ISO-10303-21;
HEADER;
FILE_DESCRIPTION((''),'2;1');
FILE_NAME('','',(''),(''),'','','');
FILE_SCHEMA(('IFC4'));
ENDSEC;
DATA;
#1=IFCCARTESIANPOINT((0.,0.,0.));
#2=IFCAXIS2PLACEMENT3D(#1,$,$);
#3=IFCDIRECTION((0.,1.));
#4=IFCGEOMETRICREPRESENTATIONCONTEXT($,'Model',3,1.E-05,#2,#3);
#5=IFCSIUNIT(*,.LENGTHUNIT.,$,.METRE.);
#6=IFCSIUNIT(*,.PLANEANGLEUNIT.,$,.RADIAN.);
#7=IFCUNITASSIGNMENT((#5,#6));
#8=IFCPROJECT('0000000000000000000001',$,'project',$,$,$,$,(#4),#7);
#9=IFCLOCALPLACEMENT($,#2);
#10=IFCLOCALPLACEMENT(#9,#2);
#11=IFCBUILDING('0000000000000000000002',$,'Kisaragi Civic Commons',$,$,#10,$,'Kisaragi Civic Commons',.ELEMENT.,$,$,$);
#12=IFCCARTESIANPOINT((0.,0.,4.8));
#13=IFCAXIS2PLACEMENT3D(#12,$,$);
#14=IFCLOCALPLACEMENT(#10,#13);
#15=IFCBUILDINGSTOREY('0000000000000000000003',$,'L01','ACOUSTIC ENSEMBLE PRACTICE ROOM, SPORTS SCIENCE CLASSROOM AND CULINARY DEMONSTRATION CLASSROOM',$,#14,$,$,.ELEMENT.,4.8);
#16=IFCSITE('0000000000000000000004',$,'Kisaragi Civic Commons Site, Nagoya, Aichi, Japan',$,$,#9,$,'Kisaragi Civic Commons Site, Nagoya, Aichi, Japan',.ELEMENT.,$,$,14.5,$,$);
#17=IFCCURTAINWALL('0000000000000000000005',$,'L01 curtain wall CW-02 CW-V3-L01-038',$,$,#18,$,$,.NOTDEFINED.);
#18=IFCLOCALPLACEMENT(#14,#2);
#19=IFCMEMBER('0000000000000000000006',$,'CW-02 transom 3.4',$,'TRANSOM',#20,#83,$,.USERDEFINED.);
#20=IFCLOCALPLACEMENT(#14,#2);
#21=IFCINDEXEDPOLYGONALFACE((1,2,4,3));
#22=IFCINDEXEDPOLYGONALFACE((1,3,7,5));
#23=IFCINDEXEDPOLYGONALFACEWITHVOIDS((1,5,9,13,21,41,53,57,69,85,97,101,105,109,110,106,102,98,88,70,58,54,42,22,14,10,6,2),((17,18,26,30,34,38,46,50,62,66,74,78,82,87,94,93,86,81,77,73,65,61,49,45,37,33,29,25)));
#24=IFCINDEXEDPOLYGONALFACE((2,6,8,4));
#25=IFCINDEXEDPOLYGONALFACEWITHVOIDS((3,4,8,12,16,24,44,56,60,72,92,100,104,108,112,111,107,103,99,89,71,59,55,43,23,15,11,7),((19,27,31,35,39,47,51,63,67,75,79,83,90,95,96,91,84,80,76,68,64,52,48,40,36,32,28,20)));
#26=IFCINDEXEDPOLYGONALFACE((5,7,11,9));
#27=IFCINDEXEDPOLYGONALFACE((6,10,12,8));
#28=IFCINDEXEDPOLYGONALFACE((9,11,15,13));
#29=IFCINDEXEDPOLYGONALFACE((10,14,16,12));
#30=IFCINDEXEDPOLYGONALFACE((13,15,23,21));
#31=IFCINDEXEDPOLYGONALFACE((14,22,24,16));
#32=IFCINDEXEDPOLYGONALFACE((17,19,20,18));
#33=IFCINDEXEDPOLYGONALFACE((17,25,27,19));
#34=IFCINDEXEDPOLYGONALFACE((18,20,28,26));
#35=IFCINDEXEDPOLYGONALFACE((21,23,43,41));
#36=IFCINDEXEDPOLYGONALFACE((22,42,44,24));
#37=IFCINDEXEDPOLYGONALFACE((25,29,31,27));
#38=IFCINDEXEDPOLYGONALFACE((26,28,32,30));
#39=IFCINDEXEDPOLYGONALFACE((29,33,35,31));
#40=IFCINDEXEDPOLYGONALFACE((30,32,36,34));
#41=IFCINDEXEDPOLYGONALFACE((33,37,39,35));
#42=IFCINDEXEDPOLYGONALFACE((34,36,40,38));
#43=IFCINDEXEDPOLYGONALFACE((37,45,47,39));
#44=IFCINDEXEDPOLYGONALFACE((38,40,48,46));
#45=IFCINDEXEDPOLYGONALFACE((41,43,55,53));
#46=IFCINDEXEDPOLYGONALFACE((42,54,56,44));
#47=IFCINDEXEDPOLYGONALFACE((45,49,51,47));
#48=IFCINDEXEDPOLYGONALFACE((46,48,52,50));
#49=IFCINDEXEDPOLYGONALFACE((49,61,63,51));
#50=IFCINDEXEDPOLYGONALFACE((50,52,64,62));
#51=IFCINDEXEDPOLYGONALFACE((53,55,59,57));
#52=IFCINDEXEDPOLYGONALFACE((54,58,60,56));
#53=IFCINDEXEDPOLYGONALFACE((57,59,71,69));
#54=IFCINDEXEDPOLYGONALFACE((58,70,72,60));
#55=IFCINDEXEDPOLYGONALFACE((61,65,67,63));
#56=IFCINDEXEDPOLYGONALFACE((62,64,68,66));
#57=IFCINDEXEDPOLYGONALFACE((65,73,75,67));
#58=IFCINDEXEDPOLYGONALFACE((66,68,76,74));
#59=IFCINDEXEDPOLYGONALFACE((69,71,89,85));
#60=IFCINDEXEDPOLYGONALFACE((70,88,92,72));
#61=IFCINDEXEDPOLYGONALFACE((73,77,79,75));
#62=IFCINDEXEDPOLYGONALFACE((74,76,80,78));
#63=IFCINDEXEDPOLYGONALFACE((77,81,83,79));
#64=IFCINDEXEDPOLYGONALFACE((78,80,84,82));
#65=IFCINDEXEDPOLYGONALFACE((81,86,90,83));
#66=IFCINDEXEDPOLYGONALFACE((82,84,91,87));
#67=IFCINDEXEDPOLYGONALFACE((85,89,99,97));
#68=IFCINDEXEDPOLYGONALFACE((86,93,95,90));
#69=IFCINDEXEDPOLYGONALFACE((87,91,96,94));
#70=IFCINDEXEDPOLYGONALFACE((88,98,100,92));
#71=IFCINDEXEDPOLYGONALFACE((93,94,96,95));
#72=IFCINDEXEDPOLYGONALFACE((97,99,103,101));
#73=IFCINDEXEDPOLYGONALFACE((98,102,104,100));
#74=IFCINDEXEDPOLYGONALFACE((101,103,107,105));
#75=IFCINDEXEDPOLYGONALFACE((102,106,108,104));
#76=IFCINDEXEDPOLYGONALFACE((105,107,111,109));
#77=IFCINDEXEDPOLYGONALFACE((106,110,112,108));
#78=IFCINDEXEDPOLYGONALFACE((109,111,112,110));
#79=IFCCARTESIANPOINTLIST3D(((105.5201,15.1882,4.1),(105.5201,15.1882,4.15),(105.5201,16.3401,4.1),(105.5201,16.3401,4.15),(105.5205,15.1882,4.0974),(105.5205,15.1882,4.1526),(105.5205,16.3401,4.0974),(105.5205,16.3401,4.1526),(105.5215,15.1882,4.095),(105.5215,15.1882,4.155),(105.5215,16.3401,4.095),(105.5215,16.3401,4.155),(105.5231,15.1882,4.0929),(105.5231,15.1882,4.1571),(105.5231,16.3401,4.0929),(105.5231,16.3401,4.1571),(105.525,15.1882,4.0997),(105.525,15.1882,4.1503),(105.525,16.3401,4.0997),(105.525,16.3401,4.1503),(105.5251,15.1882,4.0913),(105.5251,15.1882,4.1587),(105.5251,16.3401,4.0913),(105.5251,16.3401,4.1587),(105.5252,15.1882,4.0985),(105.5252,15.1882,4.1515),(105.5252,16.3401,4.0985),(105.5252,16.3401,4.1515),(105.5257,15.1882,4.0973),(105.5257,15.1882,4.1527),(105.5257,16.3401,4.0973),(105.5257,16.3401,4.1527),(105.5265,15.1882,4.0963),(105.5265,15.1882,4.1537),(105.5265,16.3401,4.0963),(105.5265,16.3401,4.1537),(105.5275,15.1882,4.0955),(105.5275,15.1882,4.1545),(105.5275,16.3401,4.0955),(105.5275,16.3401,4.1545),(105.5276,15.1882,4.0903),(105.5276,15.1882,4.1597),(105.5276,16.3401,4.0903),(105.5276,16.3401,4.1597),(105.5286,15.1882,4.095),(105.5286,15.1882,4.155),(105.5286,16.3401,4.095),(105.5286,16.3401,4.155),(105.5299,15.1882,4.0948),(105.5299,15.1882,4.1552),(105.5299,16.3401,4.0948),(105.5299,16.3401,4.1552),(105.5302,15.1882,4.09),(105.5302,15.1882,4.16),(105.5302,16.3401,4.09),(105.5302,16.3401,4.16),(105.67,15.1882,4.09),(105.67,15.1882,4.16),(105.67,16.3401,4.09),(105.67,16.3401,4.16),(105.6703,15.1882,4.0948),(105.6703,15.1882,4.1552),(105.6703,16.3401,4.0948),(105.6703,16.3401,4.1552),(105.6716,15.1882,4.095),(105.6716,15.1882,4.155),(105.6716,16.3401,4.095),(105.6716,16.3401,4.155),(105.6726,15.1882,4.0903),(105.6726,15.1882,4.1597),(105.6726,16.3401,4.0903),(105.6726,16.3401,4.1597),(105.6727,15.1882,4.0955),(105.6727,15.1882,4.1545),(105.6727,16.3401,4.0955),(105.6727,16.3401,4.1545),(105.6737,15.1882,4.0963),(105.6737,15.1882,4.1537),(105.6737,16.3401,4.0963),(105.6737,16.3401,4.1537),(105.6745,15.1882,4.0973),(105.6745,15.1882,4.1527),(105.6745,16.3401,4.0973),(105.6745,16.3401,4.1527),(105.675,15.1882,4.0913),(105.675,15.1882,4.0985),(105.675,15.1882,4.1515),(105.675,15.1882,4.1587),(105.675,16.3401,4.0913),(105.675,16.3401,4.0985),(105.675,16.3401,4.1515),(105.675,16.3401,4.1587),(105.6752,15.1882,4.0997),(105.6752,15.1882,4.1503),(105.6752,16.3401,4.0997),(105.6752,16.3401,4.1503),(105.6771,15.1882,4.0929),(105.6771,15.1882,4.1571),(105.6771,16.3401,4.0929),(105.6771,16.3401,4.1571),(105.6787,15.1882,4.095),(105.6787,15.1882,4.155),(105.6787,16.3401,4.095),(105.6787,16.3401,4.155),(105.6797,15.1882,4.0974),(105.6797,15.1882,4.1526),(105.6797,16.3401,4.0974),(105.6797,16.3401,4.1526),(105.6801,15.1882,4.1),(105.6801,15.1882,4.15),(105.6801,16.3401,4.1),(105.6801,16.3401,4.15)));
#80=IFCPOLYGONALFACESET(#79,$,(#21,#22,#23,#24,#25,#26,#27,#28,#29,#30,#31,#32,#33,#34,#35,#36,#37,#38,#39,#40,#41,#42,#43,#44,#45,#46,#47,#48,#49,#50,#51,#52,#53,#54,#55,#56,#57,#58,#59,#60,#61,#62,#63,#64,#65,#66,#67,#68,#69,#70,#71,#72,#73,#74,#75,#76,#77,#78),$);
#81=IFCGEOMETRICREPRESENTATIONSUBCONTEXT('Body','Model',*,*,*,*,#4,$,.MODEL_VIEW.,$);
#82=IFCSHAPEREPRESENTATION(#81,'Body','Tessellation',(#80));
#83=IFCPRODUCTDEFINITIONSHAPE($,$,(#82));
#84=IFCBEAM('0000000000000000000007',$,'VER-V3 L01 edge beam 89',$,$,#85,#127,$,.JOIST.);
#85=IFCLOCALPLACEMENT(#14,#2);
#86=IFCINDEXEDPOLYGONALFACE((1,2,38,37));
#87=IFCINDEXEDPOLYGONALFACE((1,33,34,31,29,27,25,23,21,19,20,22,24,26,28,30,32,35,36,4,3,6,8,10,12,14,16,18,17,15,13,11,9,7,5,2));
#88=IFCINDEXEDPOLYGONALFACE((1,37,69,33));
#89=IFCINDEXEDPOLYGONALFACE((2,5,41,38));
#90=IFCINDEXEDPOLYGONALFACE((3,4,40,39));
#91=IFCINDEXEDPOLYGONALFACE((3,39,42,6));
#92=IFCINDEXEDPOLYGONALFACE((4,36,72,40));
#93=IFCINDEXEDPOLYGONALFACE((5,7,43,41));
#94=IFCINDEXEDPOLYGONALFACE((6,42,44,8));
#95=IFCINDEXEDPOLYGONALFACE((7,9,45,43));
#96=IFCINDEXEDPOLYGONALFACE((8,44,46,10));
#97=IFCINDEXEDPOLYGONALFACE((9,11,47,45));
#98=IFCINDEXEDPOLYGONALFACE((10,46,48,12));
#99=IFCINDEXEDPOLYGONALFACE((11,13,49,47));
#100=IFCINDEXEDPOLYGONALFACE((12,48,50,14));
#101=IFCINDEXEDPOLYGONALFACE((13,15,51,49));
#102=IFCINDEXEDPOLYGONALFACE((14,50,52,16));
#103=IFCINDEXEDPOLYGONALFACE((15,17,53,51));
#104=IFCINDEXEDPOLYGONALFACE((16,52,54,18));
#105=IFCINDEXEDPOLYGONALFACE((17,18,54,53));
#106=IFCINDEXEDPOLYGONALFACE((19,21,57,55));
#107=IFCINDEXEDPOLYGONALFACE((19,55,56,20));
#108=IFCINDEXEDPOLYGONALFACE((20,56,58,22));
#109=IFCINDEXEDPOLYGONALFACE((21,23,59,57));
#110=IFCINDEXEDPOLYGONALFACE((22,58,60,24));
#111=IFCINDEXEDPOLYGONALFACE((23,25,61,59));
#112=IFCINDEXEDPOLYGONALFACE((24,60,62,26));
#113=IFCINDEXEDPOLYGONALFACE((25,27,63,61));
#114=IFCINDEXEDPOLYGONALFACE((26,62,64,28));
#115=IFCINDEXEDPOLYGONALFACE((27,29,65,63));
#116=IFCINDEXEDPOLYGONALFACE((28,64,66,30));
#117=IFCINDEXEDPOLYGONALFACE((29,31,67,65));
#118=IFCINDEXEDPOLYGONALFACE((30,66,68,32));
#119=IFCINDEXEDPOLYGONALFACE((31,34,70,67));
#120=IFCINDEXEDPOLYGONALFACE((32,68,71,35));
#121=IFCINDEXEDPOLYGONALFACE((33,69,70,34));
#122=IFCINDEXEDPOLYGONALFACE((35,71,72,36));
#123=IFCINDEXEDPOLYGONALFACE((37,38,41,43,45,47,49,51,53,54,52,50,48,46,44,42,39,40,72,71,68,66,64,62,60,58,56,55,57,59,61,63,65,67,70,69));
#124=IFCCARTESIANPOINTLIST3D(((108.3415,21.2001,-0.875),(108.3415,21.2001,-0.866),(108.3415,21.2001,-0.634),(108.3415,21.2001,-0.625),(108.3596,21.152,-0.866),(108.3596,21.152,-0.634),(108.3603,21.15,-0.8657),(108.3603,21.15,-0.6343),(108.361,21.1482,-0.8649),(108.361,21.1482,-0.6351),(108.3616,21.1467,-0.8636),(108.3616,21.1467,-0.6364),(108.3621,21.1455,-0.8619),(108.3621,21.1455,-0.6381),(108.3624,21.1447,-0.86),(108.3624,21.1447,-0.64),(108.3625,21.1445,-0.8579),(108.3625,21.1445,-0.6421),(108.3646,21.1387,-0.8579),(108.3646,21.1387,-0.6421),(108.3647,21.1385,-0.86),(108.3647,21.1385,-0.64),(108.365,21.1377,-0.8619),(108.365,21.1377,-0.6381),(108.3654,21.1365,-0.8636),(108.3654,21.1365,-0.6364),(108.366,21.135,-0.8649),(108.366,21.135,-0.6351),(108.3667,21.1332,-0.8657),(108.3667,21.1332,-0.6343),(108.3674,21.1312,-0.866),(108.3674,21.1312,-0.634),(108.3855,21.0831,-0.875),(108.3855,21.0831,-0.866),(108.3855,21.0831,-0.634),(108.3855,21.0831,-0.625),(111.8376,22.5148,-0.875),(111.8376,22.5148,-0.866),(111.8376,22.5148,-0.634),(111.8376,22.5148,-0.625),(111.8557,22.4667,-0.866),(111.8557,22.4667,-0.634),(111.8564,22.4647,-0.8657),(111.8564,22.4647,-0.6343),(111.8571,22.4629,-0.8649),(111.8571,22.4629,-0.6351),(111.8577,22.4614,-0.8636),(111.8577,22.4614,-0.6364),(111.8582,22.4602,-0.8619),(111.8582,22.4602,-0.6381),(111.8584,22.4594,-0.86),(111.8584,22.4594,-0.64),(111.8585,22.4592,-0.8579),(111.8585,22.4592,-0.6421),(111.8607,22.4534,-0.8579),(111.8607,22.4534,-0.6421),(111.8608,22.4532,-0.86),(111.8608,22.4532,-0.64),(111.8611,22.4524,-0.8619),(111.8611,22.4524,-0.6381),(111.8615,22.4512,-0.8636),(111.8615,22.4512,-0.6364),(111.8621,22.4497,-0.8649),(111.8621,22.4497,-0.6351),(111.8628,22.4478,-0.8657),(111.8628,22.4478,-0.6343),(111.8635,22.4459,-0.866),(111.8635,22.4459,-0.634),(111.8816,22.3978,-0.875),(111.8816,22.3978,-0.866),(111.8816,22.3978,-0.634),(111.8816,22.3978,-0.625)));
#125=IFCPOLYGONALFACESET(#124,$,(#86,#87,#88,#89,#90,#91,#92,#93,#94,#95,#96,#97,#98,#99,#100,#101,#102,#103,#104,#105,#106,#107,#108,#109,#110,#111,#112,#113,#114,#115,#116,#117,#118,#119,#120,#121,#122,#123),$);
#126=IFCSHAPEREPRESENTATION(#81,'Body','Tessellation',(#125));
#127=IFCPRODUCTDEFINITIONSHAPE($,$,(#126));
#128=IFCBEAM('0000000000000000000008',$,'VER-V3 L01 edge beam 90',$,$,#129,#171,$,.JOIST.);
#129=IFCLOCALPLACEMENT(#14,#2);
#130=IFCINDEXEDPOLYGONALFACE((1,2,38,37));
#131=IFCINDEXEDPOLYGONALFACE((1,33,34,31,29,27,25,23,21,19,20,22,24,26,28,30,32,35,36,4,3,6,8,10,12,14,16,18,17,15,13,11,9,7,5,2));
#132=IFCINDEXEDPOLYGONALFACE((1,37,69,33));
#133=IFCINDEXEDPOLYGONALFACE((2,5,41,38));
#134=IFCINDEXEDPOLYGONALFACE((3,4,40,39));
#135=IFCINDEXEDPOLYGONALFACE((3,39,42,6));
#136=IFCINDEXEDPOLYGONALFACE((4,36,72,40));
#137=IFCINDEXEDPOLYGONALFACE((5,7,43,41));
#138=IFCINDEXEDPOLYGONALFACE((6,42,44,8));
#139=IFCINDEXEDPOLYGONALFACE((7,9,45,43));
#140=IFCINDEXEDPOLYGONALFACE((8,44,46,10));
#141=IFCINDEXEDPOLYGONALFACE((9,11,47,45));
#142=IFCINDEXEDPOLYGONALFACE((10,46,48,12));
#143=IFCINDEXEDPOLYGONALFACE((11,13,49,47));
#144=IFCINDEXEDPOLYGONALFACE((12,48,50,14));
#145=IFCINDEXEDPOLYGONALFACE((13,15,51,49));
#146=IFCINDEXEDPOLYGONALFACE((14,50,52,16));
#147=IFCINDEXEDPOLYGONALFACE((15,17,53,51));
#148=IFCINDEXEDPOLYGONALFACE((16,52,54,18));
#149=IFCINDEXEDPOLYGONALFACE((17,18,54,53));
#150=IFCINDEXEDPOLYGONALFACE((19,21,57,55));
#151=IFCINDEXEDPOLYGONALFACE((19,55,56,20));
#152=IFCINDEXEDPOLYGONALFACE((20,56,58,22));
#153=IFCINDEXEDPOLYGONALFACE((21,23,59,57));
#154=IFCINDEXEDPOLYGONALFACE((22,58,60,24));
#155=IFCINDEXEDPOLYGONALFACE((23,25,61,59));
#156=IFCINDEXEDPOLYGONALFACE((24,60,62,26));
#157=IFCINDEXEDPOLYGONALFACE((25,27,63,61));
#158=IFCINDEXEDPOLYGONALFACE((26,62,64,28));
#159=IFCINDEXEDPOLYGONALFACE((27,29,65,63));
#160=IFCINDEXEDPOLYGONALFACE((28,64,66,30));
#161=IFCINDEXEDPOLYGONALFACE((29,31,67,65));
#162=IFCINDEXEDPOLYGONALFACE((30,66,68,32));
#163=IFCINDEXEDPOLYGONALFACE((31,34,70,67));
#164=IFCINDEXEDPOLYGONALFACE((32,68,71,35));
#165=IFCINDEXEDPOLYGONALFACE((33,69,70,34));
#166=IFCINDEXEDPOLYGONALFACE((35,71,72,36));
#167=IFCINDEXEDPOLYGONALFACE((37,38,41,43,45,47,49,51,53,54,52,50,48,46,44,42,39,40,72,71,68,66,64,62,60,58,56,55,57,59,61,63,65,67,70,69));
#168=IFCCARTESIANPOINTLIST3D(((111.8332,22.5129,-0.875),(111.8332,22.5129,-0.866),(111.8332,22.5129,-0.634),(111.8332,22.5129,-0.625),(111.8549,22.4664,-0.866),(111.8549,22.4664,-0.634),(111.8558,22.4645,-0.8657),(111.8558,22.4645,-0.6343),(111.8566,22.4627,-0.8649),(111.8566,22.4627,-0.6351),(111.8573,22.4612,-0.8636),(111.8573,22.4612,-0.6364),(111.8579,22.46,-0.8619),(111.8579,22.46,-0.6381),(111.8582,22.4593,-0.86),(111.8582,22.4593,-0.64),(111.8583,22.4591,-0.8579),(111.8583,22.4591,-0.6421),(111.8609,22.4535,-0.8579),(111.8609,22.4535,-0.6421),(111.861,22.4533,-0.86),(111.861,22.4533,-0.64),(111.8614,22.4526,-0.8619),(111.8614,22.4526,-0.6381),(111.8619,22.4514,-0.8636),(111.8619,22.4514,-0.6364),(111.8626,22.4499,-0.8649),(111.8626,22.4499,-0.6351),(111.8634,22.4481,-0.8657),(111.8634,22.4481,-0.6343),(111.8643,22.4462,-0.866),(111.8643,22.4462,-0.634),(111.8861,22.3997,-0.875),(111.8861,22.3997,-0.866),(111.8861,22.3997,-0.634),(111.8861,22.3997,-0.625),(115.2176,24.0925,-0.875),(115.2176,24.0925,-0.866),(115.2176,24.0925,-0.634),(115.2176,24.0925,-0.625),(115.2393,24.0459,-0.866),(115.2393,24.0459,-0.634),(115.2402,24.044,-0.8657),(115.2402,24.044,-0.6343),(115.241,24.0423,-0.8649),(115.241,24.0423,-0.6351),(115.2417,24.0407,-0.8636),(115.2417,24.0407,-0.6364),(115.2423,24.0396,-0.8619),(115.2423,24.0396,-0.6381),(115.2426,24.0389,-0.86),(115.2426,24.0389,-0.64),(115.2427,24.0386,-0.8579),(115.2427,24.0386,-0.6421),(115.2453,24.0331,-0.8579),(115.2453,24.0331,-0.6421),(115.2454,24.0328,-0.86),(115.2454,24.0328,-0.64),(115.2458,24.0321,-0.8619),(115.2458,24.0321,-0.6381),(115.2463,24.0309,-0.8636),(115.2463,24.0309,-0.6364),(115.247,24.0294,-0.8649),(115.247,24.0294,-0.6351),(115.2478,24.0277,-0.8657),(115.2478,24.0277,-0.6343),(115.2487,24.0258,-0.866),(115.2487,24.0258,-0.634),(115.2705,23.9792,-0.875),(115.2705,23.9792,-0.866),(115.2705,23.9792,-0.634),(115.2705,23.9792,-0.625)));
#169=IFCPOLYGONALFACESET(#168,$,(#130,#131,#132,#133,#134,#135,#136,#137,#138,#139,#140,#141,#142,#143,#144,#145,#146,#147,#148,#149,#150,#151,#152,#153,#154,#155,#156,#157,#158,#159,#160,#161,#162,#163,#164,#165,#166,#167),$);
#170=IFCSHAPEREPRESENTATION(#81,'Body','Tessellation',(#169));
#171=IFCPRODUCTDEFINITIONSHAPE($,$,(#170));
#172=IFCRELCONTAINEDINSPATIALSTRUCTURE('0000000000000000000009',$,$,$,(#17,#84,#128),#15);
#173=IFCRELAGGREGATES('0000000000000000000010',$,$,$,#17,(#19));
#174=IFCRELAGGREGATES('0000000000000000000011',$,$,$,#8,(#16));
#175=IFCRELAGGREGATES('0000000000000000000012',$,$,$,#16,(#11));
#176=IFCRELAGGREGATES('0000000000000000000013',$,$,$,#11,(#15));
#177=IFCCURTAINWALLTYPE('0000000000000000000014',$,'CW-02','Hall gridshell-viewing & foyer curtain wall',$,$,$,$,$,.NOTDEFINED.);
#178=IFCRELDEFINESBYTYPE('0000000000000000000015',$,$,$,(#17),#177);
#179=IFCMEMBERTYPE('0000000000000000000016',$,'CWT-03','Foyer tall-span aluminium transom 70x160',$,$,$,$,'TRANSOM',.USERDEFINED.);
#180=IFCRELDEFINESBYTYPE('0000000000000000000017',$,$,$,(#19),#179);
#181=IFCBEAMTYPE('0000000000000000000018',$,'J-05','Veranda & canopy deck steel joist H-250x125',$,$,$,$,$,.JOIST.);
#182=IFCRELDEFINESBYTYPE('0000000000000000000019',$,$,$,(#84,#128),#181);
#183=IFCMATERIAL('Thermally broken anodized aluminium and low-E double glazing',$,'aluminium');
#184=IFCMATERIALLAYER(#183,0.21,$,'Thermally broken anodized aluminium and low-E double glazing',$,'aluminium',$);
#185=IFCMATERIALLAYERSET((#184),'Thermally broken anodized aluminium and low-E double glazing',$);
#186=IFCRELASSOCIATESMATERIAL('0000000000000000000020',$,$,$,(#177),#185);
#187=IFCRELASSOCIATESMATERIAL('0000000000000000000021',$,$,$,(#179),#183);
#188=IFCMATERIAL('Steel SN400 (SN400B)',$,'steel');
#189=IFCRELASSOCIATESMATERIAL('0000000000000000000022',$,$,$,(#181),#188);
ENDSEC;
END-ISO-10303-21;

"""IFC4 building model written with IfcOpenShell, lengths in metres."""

from ifc_helpers import new_model, si_unit, direction, frame, origin, origin_2d, place, context, subcontext, project, spatial, hollow_rectangle, i_section, extrude, material, layer, layer_set, material_profile, profile_set, type_object, element, aggregate, save


model = new_model("IFC4")

# Units and contexts
model_context = context("Model", 3, precision=1e-05, world=origin(), true_north=direction((0.0, 1.0)))
body_context = subcontext(model_context, "Body", "Model", "MODEL_VIEW")
ifc_project = project(units=[si_unit("LENGTHUNIT", "METRE"), si_unit("PLANEANGLEUNIT", "RADIAN")], contexts=[model_context])

# Site, building, storey
site_placement = place(None, origin())
site = spatial("IfcSite", under=ifc_project, at=site_placement, Name="Kisaragi Civic Commons Site, Nagoya, Aichi, Japan", LongName="Kisaragi Civic Commons Site, Nagoya, Aichi, Japan", CompositionType="ELEMENT", RefElevation=14.5)
building_placement = place(site_placement, origin())
building = spatial("IfcBuilding", under=site, at=building_placement, Name="Kisaragi Civic Commons", LongName="Kisaragi Civic Commons", CompositionType="ELEMENT")
storey_placement = place(building_placement, frame((0.0, 0.0, 4.8)))
storey = spatial("IfcBuildingStorey", under=building, at=storey_placement, Name="L01", Description="ACOUSTIC ENSEMBLE PRACTICE ROOM, SPORTS SCIENCE CLASSROOM AND CULINARY DEMONSTRATION CLASSROOM", CompositionType="ELEMENT", Elevation=4.8)

# Curtain wall, member
ifc_material_1 = material(Name="Thermally broken anodized aluminium and low-E double glazing", Category="aluminium")
ifc_layer_1 = layer(ifc_material_1, 0.21, Name="Thermally broken anodized aluminium and low-E double glazing", Category="aluminium")
ifc_layer_set_1 = layer_set([ifc_layer_1], Name="Thermally broken anodized aluminium and low-E double glazing")
curtain_wall_type = type_object("IfcCurtainWallType", Name="CW-02", Description="Hall gridshell-viewing & foyer curtain wall", PredefinedType="NOTDEFINED", material=ifc_layer_set_1)
curtain_wall_placement = place(storey_placement, origin())
curtain_wall = element("IfcCurtainWall", 1, at=curtain_wall_placement, inside=storey, type_object=curtain_wall_type, Name="L01 curtain wall CW-02 CW-V3-L01-038", PredefinedType="NOTDEFINED")
ifc_material_profile_1 = material_profile(ifc_material_1, hollow_rectangle(XDim=0.1599, YDim=0.0701, WallThickness=0.0049, InnerFilletRadius=0.0049, OuterFilletRadius=0.01, at=origin_2d()), Name="CWT-70x160x5", Category="aluminium")
ifc_profile_set_1 = profile_set([ifc_material_profile_1], Name="Thermally broken anodized aluminium and low-E double glazing")
member_type_1 = type_object("IfcMemberType", Name="CWT-03", Description="Foyer tall-span aluminium transom 70x160", ElementType="TRANSOM", PredefinedType="USERDEFINED", material=ifc_profile_set_1)
member_1_placement = place(storey_placement, frame((105.6001, 15.1882, 4.125), z_axis=(0.0, 1.0, 0.0), x_axis=(-1.0, 0.0, 0.0)))
member_1 = element("IfcMember", 2, at=member_1_placement, type_object=member_type_1, Name="CW-02 transom 3.4", ObjectType="TRANSOM", PredefinedType="USERDEFINED", context=body_context, shape_type="SweptSolid", body=[
    extrude(hollow_rectangle(XDim=0.1599, YDim=0.0701, WallThickness=0.0049, InnerFilletRadius=0.0049, OuterFilletRadius=0.01, at=origin_2d()), origin(), (0.0, 0.0, 1.0), 1.1519),
])

# Beams
ifc_material_2 = material(Name="Steel SN400 (SN400B)", Category="steel")
ifc_material_profile_2 = material_profile(ifc_material_2, i_section(OverallWidth=0.125, OverallDepth=0.25, WebThickness=0.0061, FlangeThickness=0.009, FilletRadius=0.0081, at=origin_2d()), Name="H-250x125x6x9", Category="steel")
ifc_profile_set_2 = profile_set([ifc_material_profile_2], Name="Steel SN400 (SN400B)")
beam_type_1 = type_object("IfcBeamType", Name="J-05", Description="Veranda & canopy deck steel joist H-250x125", PredefinedType="JOIST", material=ifc_profile_set_2)
beam_1_placement = place(storey_placement, frame((108.3635, 21.1416, -0.75), z_axis=(0.936006, 0.351983, 0.0), x_axis=(-0.351983, 0.936006, 0.0)))
element("IfcBeam", 3, at=beam_1_placement, inside=storey, type_object=beam_type_1, Name="VER-V3 L01 edge beam 89", PredefinedType="JOIST", context=body_context, shape_type="SweptSolid", body=[
    extrude(i_section(OverallWidth=0.125, OverallDepth=0.25, WebThickness=0.0061, FlangeThickness=0.009, FilletRadius=0.0081, at=origin_2d()), origin(), (0.0, 0.0, 1.0), 3.7351),
])
for number, where, z_axis, x_axis, name in (
    (4, (111.8596, 22.4563, -0.75), (0.906168, 0.422918, 0.0), (-0.422918, 0.906168, 0.0), "VER-V3 L01 edge beam 90"),
):
    element("IfcBeam", number, at=place(storey_placement, frame(where, z_axis=z_axis, x_axis=x_axis)), inside=storey, type_object=beam_type_1, Name=name, PredefinedType="JOIST", context=body_context, shape_type="SweptSolid", body=[
        extrude(i_section(OverallWidth=0.125, OverallDepth=0.25, WebThickness=0.0061, FlangeThickness=0.009, FilletRadius=0.0081, at=origin_2d()), origin(), (0.0, 0.0, 1.0), 3.7349),
    ])

aggregate(curtain_wall, [member_1])

save(model, "model.ifc")
